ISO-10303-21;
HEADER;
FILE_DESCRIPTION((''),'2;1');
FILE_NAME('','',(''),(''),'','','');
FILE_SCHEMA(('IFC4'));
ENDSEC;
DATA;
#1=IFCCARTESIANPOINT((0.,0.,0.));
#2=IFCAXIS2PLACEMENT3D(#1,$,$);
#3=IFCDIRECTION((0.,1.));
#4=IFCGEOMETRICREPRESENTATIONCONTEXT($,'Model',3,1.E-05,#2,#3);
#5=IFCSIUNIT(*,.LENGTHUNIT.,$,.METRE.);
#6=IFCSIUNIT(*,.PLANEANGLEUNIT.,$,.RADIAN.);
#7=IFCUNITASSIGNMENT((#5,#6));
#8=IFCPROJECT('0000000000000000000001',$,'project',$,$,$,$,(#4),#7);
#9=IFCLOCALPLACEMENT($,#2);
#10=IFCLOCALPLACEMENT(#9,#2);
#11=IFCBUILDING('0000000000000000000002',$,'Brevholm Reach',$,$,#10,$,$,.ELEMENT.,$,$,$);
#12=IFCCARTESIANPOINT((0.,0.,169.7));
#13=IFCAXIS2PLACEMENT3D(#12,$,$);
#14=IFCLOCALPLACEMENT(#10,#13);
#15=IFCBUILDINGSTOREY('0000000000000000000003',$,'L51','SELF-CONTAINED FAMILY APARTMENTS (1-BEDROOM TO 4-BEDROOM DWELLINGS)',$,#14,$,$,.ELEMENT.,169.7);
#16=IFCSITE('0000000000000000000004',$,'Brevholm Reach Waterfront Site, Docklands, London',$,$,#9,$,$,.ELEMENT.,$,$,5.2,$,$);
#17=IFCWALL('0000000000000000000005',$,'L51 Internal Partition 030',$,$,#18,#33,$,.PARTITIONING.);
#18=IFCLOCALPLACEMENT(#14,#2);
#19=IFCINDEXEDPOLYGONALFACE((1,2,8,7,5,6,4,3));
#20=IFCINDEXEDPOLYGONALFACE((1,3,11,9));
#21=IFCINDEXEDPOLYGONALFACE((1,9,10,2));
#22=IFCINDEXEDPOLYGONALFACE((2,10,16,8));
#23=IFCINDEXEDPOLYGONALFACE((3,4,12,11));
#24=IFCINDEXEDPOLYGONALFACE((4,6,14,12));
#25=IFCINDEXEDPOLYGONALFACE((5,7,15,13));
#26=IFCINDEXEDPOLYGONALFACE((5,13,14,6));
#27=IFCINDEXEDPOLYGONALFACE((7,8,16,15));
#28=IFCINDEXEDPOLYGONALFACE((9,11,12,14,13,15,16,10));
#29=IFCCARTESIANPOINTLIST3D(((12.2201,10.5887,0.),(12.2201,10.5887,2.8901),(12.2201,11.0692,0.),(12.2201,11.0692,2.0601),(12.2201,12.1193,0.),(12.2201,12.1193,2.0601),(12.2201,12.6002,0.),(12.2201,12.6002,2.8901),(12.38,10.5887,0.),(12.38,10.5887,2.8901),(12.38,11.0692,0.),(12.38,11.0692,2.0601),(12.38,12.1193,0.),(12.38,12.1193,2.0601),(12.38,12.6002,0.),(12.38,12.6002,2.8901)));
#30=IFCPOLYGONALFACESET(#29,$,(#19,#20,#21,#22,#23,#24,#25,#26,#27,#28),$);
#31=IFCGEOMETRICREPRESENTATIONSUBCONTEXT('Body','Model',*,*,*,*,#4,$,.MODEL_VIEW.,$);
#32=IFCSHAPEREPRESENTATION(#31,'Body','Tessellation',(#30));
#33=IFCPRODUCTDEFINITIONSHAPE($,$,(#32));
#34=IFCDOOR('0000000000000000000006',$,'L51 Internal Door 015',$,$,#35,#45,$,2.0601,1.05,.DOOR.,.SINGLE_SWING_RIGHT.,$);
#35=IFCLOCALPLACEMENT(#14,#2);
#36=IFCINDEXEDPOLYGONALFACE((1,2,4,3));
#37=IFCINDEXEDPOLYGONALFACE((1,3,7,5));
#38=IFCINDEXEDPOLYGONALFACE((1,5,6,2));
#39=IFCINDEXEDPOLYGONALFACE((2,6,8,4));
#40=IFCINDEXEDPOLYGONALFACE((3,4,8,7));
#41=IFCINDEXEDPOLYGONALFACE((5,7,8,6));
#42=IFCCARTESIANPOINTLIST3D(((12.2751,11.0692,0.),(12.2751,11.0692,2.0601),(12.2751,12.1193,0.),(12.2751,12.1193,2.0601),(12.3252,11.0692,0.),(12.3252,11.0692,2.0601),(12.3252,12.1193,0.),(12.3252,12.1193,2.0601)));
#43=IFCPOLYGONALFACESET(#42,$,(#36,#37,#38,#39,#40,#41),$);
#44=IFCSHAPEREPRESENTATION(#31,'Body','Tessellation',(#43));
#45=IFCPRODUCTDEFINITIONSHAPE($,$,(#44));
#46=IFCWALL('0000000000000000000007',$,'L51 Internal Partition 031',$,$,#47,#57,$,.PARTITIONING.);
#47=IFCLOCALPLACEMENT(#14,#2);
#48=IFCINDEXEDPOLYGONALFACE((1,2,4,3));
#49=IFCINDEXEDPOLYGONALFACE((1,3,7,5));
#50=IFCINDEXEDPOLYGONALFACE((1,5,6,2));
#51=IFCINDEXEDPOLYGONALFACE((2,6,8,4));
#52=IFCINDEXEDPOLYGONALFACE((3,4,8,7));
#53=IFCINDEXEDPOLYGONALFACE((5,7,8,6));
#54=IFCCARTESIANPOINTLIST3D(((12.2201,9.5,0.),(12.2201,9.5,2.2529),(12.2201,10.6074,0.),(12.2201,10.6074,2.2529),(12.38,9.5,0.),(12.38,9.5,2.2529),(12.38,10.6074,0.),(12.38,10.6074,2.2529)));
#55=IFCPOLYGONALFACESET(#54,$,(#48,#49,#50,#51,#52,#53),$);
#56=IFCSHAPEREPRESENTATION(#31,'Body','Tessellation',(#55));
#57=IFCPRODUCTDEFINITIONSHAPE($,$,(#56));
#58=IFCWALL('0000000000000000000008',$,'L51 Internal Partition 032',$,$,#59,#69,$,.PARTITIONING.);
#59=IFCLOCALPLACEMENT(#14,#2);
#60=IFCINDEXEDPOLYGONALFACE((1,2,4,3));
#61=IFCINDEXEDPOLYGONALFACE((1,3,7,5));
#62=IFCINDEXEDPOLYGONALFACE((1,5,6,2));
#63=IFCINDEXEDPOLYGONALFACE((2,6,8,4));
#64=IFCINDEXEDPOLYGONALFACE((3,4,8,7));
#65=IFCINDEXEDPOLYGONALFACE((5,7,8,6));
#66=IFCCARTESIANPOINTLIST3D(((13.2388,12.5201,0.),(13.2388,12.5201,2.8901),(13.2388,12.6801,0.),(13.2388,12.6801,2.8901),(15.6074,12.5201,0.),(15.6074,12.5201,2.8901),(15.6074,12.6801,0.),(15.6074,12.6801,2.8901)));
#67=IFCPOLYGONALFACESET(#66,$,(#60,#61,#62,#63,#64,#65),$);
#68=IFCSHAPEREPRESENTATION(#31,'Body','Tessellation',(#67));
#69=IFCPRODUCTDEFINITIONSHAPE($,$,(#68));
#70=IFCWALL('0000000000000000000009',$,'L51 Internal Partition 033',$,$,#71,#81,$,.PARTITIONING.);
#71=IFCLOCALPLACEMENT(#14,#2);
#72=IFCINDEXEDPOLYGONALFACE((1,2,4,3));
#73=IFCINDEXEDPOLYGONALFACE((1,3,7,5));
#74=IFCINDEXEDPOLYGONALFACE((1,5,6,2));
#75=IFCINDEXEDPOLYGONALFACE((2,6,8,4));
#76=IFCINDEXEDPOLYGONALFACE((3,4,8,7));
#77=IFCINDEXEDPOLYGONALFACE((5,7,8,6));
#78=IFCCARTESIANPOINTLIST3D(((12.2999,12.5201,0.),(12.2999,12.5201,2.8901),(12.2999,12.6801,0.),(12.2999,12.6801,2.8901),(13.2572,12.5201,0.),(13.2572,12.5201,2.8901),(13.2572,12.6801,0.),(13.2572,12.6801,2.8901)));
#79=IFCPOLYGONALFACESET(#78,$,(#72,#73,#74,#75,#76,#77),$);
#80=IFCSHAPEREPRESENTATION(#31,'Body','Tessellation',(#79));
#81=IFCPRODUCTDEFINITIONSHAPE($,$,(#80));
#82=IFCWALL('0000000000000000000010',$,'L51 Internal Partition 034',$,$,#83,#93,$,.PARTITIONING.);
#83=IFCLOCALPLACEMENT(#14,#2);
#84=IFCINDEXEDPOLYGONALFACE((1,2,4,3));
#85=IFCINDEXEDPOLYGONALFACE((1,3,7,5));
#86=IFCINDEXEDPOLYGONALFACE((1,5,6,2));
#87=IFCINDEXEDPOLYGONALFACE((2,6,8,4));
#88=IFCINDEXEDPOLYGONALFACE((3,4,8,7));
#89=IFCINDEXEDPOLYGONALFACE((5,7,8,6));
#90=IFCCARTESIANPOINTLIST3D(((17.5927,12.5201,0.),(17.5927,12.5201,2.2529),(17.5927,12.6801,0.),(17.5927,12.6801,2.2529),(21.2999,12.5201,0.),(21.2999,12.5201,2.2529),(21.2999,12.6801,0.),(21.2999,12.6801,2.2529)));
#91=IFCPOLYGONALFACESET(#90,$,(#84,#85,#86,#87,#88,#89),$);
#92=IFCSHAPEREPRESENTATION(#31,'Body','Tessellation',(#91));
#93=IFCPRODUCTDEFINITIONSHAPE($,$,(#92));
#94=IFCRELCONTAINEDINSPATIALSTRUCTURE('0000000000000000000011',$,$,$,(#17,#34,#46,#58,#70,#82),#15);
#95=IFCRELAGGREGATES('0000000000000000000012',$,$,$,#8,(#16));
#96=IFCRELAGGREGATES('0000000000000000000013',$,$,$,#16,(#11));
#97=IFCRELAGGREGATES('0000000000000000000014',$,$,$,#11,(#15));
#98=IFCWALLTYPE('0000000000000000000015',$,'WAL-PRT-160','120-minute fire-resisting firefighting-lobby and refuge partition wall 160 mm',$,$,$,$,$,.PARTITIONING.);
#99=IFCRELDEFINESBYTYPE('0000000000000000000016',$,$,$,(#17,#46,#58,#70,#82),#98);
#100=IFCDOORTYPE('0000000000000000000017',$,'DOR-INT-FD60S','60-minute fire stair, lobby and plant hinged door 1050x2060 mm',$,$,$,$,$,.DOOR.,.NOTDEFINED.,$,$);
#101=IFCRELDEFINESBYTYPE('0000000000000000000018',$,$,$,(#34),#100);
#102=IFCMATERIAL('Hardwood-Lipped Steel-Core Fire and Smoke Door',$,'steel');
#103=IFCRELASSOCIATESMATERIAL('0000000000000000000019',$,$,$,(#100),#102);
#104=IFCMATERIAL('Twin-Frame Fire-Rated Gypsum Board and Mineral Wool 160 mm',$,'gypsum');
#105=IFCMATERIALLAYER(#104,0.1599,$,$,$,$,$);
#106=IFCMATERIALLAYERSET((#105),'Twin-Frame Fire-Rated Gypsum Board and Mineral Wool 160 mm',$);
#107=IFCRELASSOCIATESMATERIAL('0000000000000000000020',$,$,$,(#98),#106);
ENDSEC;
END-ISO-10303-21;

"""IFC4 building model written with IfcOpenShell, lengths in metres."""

from ifc_helpers import new_model, si_unit, direction, frame, frame_2d, origin, place, context, subcontext, project, spatial, rectangle, extrude, material, layer, layer_set, type_object, element, fill, save


model = new_model("IFC4")

# Units and contexts
model_context = context("Model", 3, precision=1e-05, world=origin(), true_north=direction((0.0, 1.0)))
body_context = subcontext(model_context, "Body", "Model", "MODEL_VIEW")
ifc_project = project(units=[si_unit("LENGTHUNIT", "METRE"), si_unit("PLANEANGLEUNIT", "RADIAN")], contexts=[model_context])

# Site, building, storey
site_placement = place(None, origin())
site = spatial("IfcSite", under=ifc_project, at=site_placement, Name="Brevholm Reach Waterfront Site, Docklands, London", CompositionType="ELEMENT", RefElevation=5.2)
building_placement = place(site_placement, origin())
building = spatial("IfcBuilding", under=site, at=building_placement, Name="Brevholm Reach", CompositionType="ELEMENT")
storey_placement = place(building_placement, frame((0.0, 0.0, 169.7)))
storey = spatial("IfcBuildingStorey", under=building, at=storey_placement, Name="L51", Description="SELF-CONTAINED FAMILY APARTMENTS (1-BEDROOM TO 4-BEDROOM DWELLINGS)", CompositionType="ELEMENT", Elevation=169.7)

# Shared definitions
ifc_material_1 = material(Name="Hardwood-Lipped Steel-Core Fire and Smoke Door", Category="steel")
door_type_1 = type_object("IfcDoorType", Name="DOR-INT-FD60S", Description="60-minute fire stair, lobby and plant hinged door 1050x2060 mm", OperationType="NOTDEFINED", PredefinedType="DOOR", material=ifc_material_1)

# Shared definitions
ifc_material_2 = material(Name="Twin-Frame Fire-Rated Gypsum Board and Mineral Wool 160 mm", Category="gypsum")
ifc_layer_1 = layer(ifc_material_2, 0.1599)
ifc_layer_set_1 = layer_set([ifc_layer_1], Name="Twin-Frame Fire-Rated Gypsum Board and Mineral Wool 160 mm")
wall_type_1 = type_object("IfcWallType", Name="WAL-PRT-160", Description="120-minute fire-resisting firefighting-lobby and refuge partition wall 160 mm", PredefinedType="PARTITIONING", material=ifc_layer_set_1)

# Wall, opening, door
wall_1_placement = place(storey_placement, frame((12.3, 10.5886, 0.0), z_axis=(0.0, 0.0, 1.0), x_axis=(0.0, 1.0, 0.0)))
wall_1 = element("IfcWall", 1, at=wall_1_placement, inside=storey, type_object=wall_type_1, Name="L51 Internal Partition 030", PredefinedType="PARTITIONING", context=body_context, shape_type="SweptSolid", body=[
    extrude(rectangle(XDim=2.0115, YDim=0.1599, at=frame_2d((1.0059, 0.0))), origin(), (0.0, 0.0, 1.0), 2.8901),
])
opening_1_placement = place(wall_1_placement, frame((0.4807, 0.0, 0.0)))
opening_1 = element("IfcOpeningElement", 2, at=opening_1_placement, cuts=wall_1, PredefinedType="OPENING", context=body_context, shape_type="SweptSolid", body=[
    extrude(rectangle(XDim=1.05, YDim=2.0601, at=frame_2d((0.5249, 1.03))), frame((0.0, 0.0898, 0.0), z_axis=(0.0, -1.0, 0.0), x_axis=(1.0, 0.0, 0.0)), (0.0, 0.0, 1.0), 0.1799),
])
door_1_placement = place(opening_1_placement, origin())
door_1 = element("IfcDoor", 3, at=door_1_placement, inside=storey, type_object=door_type_1, Name="L51 Internal Door 015", OperationType="SINGLE_SWING_RIGHT", OverallHeight=2.0601, OverallWidth=1.05, PredefinedType="DOOR", context=body_context, shape_type="SweptSolid", body=[
    extrude(rectangle(XDim=1.05, YDim=2.0601, at=frame_2d((0.5249, 1.03))), frame((0.0, 0.0249, 0.0), z_axis=(0.0, -1.0, 0.0), x_axis=(1.0, 0.0, 0.0)), (0.0, 0.0, 1.0), 0.05),
])
fill(opening_1, door_1)

# Walls
wall_2_placement = place(storey_placement, frame((12.3, 9.5, 0.0), z_axis=(0.0, 0.0, 1.0), x_axis=(0.0, 1.0, 0.0)))
element("IfcWall", 4, at=wall_2_placement, inside=storey, type_object=wall_type_1, Name="L51 Internal Partition 031", PredefinedType="PARTITIONING", context=body_context, shape_type="SweptSolid", body=[
    extrude(rectangle(XDim=1.1074, YDim=0.1599, at=frame_2d((0.5537, 0.0))), origin(), (0.0, 0.0, 1.0), 2.2529),
])
wall_3_placement = place(storey_placement, frame((13.2388, 12.6001, 0.0), z_axis=(0.0, 0.0, 1.0), x_axis=(1.0, 0.0, 0.0)))
element("IfcWall", 5, at=wall_3_placement, inside=storey, type_object=wall_type_1, Name="L51 Internal Partition 032", PredefinedType="PARTITIONING", context=body_context, shape_type="SweptSolid", body=[
    extrude(rectangle(XDim=2.3687, YDim=0.1599, at=frame_2d((1.1843, 0.0))), origin(), (0.0, 0.0, 1.0), 2.8901),
])
wall_4_placement = place(storey_placement, frame((12.3, 12.6001, 0.0), z_axis=(0.0, 0.0, 1.0), x_axis=(1.0, 0.0, 0.0)))
element("IfcWall", 6, at=wall_4_placement, inside=storey, type_object=wall_type_1, Name="L51 Internal Partition 033", PredefinedType="PARTITIONING", context=body_context, shape_type="SweptSolid", body=[
    extrude(rectangle(XDim=0.9573, YDim=0.1599, at=frame_2d((0.4785, 0.0))), origin(), (0.0, 0.0, 1.0), 2.8901),
])
wall_5_placement = place(storey_placement, frame((17.5928, 12.6001, 0.0), z_axis=(0.0, 0.0, 1.0), x_axis=(1.0, 0.0, 0.0)))
element("IfcWall", 7, at=wall_5_placement, inside=storey, type_object=wall_type_1, Name="L51 Internal Partition 034", PredefinedType="PARTITIONING", context=body_context, shape_type="SweptSolid", body=[
    extrude(rectangle(XDim=3.7073, YDim=0.1599, at=frame_2d((1.8535, 0.0))), origin(), (0.0, 0.0, 1.0), 2.2529),
])

save(model, "model.ifc")
